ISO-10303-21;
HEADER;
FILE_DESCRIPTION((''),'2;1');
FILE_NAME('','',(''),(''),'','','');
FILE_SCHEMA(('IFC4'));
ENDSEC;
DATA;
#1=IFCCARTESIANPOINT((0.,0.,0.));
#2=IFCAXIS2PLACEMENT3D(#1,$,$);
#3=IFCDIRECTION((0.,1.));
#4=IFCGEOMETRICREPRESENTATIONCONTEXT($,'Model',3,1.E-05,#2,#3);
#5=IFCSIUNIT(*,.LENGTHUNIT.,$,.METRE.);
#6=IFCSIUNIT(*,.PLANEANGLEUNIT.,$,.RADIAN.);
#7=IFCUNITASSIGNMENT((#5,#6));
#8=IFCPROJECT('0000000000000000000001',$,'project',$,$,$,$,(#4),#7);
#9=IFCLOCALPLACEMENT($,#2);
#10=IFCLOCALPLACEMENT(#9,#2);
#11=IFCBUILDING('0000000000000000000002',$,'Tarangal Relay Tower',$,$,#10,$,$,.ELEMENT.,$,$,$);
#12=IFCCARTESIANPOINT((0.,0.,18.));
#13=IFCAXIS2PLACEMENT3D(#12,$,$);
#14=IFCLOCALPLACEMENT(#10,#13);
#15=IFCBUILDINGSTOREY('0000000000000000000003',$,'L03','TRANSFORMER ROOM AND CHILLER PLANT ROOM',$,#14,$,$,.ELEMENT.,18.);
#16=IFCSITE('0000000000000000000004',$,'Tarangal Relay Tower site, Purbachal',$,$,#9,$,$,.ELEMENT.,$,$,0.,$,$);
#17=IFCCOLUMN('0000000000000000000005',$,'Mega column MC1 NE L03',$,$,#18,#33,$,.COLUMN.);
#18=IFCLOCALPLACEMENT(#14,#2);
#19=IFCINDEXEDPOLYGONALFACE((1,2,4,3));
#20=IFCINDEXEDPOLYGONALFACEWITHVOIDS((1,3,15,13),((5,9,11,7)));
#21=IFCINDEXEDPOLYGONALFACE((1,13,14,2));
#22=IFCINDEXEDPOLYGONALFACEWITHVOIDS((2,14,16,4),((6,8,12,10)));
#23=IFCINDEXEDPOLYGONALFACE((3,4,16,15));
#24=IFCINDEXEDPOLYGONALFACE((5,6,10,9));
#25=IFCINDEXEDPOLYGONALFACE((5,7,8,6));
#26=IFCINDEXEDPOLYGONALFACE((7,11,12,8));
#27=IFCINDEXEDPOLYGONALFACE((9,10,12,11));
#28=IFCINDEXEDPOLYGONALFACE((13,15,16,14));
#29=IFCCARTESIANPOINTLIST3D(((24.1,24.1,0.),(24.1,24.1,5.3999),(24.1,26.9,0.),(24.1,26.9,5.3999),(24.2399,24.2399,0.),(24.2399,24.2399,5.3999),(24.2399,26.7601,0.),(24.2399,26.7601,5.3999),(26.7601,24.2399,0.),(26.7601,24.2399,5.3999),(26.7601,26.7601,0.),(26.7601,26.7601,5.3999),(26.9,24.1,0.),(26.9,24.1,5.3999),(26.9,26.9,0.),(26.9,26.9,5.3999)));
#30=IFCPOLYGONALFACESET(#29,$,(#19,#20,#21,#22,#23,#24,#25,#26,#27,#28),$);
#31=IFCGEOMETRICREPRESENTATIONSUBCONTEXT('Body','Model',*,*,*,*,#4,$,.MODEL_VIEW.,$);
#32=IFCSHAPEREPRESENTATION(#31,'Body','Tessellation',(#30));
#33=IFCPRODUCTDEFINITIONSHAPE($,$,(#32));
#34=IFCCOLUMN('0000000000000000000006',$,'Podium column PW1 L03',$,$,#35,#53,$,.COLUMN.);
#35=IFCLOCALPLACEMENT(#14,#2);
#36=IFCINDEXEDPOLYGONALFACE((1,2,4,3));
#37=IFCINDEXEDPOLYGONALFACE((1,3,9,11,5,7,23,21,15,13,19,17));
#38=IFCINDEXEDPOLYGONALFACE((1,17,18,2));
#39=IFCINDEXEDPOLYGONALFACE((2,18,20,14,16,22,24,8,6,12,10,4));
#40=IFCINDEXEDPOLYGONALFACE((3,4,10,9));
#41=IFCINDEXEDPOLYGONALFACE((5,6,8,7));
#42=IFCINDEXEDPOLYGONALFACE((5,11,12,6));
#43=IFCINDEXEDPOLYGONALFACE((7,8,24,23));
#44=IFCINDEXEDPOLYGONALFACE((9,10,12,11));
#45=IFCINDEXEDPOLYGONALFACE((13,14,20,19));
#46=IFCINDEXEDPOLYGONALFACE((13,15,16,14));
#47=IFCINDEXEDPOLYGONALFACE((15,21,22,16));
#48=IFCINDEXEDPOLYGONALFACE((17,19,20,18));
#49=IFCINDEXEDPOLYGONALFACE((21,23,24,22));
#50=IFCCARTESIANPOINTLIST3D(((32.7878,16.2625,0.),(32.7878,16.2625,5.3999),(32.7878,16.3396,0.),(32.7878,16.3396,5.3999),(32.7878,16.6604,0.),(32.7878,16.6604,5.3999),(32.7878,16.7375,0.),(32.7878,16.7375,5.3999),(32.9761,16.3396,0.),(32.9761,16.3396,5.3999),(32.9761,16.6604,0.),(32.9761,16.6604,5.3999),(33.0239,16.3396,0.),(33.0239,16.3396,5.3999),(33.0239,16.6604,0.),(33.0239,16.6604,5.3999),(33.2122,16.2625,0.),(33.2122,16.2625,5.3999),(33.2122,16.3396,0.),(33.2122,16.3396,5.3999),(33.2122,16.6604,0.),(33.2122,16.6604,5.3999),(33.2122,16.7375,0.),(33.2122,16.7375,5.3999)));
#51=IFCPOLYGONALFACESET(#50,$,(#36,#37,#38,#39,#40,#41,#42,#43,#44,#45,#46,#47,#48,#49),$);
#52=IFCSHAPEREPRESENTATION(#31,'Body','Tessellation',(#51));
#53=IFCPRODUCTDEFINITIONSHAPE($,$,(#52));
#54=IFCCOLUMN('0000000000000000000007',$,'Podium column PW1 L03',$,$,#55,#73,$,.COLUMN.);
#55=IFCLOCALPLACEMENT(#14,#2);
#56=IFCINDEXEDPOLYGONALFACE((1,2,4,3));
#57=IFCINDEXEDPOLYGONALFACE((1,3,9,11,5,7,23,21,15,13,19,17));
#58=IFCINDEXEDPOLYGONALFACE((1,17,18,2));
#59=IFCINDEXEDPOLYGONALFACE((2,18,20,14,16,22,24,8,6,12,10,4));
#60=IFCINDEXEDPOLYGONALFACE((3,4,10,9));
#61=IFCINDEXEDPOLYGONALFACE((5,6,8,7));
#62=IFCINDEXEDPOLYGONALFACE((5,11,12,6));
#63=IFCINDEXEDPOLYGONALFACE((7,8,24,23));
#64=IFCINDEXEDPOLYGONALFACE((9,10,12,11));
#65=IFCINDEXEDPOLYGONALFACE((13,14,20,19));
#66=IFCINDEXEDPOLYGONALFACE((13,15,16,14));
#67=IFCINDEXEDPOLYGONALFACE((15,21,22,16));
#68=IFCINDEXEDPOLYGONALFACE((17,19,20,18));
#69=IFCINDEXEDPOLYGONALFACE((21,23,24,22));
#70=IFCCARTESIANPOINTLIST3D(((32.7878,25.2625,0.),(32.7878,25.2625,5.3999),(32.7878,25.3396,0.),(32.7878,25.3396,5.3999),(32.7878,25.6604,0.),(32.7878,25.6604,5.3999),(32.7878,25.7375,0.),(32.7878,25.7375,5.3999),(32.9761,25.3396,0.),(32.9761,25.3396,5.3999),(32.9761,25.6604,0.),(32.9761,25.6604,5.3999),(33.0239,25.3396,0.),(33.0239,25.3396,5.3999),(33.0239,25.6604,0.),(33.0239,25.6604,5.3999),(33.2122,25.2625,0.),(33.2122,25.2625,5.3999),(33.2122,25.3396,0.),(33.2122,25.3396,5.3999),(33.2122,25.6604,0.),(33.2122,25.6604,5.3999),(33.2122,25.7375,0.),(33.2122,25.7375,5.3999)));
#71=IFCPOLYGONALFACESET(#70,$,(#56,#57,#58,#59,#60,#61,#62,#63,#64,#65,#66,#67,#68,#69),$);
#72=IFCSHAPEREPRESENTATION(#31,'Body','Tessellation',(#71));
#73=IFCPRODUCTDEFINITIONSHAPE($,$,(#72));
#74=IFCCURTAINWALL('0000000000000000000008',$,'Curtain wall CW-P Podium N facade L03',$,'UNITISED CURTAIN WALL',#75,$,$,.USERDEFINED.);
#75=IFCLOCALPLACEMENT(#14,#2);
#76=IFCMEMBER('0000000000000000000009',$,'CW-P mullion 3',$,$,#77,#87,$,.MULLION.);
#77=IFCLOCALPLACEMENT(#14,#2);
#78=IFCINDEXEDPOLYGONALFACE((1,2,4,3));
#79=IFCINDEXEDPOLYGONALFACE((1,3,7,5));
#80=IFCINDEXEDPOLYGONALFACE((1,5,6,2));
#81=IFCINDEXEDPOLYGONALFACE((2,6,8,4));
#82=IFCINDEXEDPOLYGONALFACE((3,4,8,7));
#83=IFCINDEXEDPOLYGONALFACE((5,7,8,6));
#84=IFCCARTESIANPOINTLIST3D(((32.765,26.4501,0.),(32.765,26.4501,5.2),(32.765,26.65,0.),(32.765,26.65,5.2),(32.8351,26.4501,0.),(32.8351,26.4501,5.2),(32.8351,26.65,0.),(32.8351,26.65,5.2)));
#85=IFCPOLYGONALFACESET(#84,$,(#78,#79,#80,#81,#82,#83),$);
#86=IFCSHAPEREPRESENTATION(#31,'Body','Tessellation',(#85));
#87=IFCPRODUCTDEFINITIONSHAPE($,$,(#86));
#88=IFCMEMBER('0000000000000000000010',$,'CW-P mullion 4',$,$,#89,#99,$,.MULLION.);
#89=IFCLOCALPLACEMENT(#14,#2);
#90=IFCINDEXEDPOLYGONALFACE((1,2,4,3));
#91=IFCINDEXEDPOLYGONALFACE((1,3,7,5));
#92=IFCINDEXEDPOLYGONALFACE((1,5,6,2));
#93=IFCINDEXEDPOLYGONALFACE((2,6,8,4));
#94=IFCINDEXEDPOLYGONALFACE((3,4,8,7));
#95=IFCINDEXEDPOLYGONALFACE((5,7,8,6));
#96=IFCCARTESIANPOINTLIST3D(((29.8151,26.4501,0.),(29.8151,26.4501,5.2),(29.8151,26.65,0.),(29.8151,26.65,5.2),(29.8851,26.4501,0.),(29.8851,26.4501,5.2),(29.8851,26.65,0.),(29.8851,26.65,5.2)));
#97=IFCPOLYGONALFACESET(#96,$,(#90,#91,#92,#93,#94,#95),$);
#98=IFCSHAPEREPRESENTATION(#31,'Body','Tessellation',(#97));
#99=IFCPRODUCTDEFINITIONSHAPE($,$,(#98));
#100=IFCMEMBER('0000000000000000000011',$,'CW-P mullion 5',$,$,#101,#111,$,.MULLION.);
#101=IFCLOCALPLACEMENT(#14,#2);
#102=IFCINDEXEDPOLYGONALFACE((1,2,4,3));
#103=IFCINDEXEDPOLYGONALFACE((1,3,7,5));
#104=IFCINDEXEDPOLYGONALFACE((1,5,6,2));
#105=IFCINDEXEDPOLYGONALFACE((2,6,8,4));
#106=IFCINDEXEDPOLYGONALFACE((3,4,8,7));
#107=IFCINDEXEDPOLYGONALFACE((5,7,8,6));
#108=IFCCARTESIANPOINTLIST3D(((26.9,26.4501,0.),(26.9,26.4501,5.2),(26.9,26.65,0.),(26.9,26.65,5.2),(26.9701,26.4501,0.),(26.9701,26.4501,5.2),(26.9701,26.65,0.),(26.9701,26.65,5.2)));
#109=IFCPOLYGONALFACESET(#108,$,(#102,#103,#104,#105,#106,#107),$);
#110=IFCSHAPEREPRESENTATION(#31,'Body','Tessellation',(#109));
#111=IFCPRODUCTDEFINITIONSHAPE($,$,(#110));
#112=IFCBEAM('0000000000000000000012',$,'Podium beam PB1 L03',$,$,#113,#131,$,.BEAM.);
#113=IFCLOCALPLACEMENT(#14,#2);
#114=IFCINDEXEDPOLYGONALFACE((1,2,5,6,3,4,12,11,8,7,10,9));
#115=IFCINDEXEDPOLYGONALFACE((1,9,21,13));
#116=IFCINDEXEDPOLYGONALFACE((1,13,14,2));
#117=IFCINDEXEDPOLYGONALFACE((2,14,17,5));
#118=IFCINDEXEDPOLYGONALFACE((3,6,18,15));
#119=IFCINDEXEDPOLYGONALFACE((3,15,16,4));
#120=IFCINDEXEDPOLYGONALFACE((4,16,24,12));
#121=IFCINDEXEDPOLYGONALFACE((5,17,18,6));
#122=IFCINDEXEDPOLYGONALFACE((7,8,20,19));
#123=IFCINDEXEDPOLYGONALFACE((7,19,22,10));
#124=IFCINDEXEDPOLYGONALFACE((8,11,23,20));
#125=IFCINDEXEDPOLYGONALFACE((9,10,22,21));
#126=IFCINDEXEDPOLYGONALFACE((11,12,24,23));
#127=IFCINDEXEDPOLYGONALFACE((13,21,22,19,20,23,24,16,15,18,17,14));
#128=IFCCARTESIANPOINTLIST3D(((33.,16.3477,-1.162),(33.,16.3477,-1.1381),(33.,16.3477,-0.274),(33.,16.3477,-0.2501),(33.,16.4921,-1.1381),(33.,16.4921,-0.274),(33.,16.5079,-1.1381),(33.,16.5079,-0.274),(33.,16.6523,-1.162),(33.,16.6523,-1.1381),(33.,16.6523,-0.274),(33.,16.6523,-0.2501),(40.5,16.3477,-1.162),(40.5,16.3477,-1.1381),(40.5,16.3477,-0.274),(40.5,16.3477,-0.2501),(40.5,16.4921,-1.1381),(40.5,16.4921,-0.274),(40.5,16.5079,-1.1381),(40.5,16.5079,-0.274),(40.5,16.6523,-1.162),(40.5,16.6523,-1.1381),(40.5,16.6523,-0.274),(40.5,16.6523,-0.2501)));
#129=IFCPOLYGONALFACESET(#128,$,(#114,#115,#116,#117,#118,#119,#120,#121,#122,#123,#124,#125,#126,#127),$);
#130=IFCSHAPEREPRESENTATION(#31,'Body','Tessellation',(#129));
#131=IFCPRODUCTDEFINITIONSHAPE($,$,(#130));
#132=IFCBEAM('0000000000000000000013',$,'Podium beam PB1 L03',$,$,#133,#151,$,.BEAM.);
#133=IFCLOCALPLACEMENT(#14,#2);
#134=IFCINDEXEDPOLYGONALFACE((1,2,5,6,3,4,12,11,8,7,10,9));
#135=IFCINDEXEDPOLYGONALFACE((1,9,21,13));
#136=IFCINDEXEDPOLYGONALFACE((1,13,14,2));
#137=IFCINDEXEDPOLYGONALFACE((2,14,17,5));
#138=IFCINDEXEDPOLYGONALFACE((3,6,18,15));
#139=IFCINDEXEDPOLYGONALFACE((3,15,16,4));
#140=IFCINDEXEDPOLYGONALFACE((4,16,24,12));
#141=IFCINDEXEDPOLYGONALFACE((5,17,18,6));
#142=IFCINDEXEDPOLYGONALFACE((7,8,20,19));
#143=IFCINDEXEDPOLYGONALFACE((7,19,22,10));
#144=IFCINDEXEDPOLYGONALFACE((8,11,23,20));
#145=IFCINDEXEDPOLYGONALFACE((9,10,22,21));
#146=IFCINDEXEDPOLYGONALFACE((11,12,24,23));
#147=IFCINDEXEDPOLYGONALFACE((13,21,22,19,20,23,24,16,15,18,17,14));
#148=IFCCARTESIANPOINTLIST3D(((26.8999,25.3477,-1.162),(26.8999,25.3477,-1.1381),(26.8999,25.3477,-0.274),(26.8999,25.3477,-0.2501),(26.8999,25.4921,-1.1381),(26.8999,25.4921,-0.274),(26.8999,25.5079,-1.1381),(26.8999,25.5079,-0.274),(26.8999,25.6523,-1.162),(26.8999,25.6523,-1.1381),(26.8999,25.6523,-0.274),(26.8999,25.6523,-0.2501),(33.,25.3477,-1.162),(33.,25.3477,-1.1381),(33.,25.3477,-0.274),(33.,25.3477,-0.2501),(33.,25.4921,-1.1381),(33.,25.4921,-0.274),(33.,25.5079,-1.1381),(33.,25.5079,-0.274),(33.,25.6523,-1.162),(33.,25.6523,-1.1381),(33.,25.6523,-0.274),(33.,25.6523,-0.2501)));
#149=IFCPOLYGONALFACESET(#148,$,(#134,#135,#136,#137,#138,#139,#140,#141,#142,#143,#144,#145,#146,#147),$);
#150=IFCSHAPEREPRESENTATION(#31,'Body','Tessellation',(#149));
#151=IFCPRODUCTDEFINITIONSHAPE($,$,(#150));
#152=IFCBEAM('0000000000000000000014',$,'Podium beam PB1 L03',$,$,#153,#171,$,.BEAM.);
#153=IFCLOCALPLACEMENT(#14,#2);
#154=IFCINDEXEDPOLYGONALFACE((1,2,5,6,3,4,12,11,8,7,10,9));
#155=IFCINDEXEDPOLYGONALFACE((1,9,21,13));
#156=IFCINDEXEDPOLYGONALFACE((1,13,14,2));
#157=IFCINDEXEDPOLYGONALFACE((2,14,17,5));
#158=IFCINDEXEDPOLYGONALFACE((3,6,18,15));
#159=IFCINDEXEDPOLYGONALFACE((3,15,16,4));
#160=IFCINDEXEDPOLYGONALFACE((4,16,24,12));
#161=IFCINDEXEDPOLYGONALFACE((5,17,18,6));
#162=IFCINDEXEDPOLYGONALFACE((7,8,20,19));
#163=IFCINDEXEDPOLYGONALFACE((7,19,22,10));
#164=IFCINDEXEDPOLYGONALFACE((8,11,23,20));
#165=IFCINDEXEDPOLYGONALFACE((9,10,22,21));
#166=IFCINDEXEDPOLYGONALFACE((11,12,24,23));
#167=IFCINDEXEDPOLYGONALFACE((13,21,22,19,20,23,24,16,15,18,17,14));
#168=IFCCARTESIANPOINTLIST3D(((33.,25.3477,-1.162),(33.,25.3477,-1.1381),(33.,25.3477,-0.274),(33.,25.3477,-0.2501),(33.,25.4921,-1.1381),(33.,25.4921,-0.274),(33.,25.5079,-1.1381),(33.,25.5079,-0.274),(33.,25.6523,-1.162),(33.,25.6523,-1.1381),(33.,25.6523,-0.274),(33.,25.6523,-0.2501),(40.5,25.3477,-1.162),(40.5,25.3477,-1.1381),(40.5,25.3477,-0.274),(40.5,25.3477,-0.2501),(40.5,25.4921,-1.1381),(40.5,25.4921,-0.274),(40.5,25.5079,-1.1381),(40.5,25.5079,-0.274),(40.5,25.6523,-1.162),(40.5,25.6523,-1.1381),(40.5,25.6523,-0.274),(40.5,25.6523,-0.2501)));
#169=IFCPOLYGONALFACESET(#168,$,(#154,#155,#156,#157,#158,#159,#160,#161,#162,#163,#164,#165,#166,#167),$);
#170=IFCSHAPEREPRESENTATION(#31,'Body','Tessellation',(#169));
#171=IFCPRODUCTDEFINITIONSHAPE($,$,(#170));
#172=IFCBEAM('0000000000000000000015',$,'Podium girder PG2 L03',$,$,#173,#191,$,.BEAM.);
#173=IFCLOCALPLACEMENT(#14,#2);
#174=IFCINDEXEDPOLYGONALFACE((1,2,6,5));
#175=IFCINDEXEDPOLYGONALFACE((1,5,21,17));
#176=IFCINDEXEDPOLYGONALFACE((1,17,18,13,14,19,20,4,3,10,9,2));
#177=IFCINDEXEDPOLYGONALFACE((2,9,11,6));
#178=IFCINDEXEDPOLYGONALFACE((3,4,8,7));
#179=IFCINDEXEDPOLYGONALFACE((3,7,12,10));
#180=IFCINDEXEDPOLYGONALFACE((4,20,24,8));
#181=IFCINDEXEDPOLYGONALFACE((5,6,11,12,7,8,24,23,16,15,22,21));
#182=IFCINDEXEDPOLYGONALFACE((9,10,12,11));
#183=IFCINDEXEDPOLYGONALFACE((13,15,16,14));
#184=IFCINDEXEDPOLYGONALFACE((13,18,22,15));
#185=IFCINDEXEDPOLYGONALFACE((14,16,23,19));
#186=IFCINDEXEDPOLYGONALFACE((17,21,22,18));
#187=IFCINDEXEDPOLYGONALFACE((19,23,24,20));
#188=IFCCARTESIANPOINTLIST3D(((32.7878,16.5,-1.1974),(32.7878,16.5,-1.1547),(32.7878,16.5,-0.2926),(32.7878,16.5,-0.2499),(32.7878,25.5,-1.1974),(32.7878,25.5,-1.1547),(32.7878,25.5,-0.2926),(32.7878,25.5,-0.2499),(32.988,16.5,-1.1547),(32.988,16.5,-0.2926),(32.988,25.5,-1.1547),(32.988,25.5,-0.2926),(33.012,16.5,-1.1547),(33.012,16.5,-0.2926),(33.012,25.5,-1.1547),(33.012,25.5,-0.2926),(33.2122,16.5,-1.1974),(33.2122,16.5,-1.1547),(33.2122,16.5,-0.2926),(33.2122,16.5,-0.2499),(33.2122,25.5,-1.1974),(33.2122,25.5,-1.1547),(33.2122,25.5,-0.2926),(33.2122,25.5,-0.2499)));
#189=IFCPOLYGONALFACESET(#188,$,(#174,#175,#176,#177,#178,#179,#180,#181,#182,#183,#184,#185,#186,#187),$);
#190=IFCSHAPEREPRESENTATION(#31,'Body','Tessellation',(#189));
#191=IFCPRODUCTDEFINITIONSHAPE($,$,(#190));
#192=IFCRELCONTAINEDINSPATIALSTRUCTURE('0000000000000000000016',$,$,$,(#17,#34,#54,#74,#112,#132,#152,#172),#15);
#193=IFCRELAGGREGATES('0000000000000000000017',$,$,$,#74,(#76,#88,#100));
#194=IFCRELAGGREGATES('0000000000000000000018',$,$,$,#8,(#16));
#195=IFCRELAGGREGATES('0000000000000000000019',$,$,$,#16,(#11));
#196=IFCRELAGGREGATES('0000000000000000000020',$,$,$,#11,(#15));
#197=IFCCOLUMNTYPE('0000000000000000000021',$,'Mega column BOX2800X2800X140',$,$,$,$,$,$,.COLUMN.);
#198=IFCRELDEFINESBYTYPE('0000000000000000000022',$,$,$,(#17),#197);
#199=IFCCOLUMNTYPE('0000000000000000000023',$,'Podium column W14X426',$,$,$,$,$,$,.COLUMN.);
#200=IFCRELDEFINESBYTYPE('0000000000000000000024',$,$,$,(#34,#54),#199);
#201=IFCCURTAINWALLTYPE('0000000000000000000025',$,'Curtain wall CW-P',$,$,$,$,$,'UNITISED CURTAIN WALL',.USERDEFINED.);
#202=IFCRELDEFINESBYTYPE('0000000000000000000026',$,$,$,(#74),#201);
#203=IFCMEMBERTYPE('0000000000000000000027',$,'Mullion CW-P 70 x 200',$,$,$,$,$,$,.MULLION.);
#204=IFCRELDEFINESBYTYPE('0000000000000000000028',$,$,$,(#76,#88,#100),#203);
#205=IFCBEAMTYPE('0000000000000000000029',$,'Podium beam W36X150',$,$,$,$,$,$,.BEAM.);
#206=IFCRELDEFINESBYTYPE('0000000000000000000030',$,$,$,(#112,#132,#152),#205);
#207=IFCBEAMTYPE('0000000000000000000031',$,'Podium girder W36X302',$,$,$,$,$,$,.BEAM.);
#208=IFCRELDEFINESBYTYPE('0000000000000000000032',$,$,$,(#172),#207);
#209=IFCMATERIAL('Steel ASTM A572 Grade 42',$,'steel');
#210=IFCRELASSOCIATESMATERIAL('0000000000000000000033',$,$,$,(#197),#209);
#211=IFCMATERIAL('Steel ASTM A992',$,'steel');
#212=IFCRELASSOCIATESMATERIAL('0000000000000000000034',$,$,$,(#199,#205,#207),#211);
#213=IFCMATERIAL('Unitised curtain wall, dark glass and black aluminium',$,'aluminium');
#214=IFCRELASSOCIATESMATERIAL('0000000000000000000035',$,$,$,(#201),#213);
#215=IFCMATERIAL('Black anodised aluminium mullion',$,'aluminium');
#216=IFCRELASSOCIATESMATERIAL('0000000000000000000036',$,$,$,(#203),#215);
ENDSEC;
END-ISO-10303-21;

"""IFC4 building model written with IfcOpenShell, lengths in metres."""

from ifc_helpers import new_model, si_unit, direction, frame, origin, origin_2d, place, context, subcontext, project, spatial, rectangle, hollow_rectangle, i_section, extrude, material, material_profile, profile_set, type_object, element, aggregate, save


model = new_model("IFC4")

# Units and contexts
model_context = context("Model", 3, precision=1e-05, world=origin(), true_north=direction((0.0, 1.0)))
body_context = subcontext(model_context, "Body", "Model", "MODEL_VIEW")
ifc_project = project(units=[si_unit("LENGTHUNIT", "METRE"), si_unit("PLANEANGLEUNIT", "RADIAN")], contexts=[model_context])

# Site, building, storey
site_placement = place(None, origin())
site = spatial("IfcSite", under=ifc_project, at=site_placement, Name="Tarangal Relay Tower site, Purbachal", CompositionType="ELEMENT", RefElevation=0.0)
building_placement = place(site_placement, origin())
building = spatial("IfcBuilding", under=site, at=building_placement, Name="Tarangal Relay Tower", CompositionType="ELEMENT")
storey_placement = place(building_placement, frame((0.0, 0.0, 18.0)))
storey = spatial("IfcBuildingStorey", under=building, at=storey_placement, Name="L03", Description="TRANSFORMER ROOM AND CHILLER PLANT ROOM", CompositionType="ELEMENT", Elevation=18.0)

# Columns
ifc_material_1 = material(Name="Steel ASTM A572 Grade 42", Category="steel")
ifc_material_profile_1 = material_profile(ifc_material_1, hollow_rectangle(XDim=2.8, YDim=2.8, WallThickness=0.1399, at=origin_2d()), Name="BOX2800X2800X140")
ifc_profile_set_1 = profile_set([ifc_material_profile_1], Name="Steel ASTM A572 Grade 42")
column_type_1 = type_object("IfcColumnType", Name="Mega column BOX2800X2800X140", PredefinedType="COLUMN", material=ifc_profile_set_1)
column_placement = place(storey_placement, frame((25.5, 25.5, 0.0), z_axis=(0.0, 0.0, 1.0), x_axis=(1.0, 0.0, 0.0)))
element("IfcColumn", 1, at=column_placement, inside=storey, type_object=column_type_1, Name="Mega column MC1 NE L03", PredefinedType="COLUMN", context=body_context, shape_type="SweptSolid", body=[
    extrude(hollow_rectangle(XDim=2.8, YDim=2.8, WallThickness=0.1399, at=origin_2d()), origin(), (0.0, 0.0, 1.0), 5.3999),
])
ifc_material_2 = material(Name="Steel ASTM A992", Category="steel")
ifc_material_profile_2 = material_profile(ifc_material_2, i_section(OverallWidth=0.4243, OverallDepth=0.4751, WebThickness=0.0479, FlangeThickness=0.0771, at=origin_2d()), Name="W14X426")
ifc_profile_set_2 = profile_set([ifc_material_profile_2], Name="Steel ASTM A992")
column_type_2 = type_object("IfcColumnType", Name="Podium column W14X426", PredefinedType="COLUMN", material=ifc_profile_set_2)
for number, where, z_axis, x_axis, name in (
    (2, (33.0, 16.5, 0.0), (0.0, 0.0, 1.0), (1.0, 0.0, 0.0), "Podium column PW1 L03"),
    (3, (33.0, 25.5, 0.0), (0.0, 0.0, 1.0), (1.0, 0.0, 0.0), "Podium column PW1 L03"),
):
    element("IfcColumn", number, at=place(storey_placement, frame(where, z_axis=z_axis, x_axis=x_axis)), inside=storey, type_object=column_type_2, Name=name, PredefinedType="COLUMN", context=body_context, shape_type="SweptSolid", body=[
        extrude(i_section(OverallWidth=0.4243, OverallDepth=0.4751, WebThickness=0.0479, FlangeThickness=0.0771, at=origin_2d()), origin(), (0.0, 0.0, 1.0), 5.3999),
    ])

# Curtain wall, members
ifc_material_3 = material(Name="Unitised curtain wall, dark glass and black aluminium", Category="aluminium")
curtain_wall_type = type_object("IfcCurtainWallType", Name="Curtain wall CW-P", ElementType="UNITISED CURTAIN WALL", PredefinedType="USERDEFINED", material=ifc_material_3)
curtain_wall_placement = place(storey_placement, origin())
curtain_wall = element("IfcCurtainWall", 4, at=curtain_wall_placement, inside=storey, type_object=curtain_wall_type, Name="Curtain wall CW-P Podium N facade L03", ObjectType="UNITISED CURTAIN WALL", PredefinedType="USERDEFINED")
ifc_material_4 = material(Name="Black anodised aluminium mullion", Category="aluminium")
ifc_material_profile_3 = material_profile(ifc_material_4, rectangle(XDim=0.2, YDim=0.0701, at=origin_2d()), Name="CW-PM 70X200")
ifc_profile_set_3 = profile_set([ifc_material_profile_3], Name="Black anodised aluminium mullion")
member_type_1 = type_object("IfcMemberType", Name="Mullion CW-P 70 x 200", PredefinedType="MULLION", material=ifc_profile_set_3)
member_1_placement = place(storey_placement, frame((32.8, 26.55, 0.0), z_axis=(0.0, 0.0, 1.0), x_axis=(0.0, -1.0, 0.0)))
member_1 = element("IfcMember", 5, at=member_1_placement, type_object=member_type_1, Name="CW-P mullion 3", PredefinedType="MULLION", context=body_context, shape_type="SweptSolid", body=[
    extrude(rectangle(XDim=0.2, YDim=0.0701, at=origin_2d()), origin(), (0.0, 0.0, 1.0), 5.2),
])
member_2_placement = place(storey_placement, frame((29.8501, 26.55, 0.0), z_axis=(0.0, 0.0, 1.0), x_axis=(0.0, -1.0, 0.0)))
member_2 = element("IfcMember", 6, at=member_2_placement, type_object=member_type_1, Name="CW-P mullion 4", PredefinedType="MULLION", context=body_context, shape_type="SweptSolid", body=[
    extrude(rectangle(XDim=0.2, YDim=0.0701, at=origin_2d()), origin(), (0.0, 0.0, 1.0), 5.2),
])
member_3_placement = place(storey_placement, frame((26.9351, 26.55, 0.0), z_axis=(0.0, 0.0, 1.0), x_axis=(0.0, -1.0, 0.0)))
member_3 = element("IfcMember", 7, at=member_3_placement, type_object=member_type_1, Name="CW-P mullion 5", PredefinedType="MULLION", context=body_context, shape_type="SweptSolid", body=[
    extrude(rectangle(XDim=0.2, YDim=0.0701, at=origin_2d()), origin(), (0.0, 0.0, 1.0), 5.2),
])

# Beams
ifc_material_profile_4 = material_profile(ifc_material_2, i_section(OverallWidth=0.3047, OverallDepth=0.9119, WebThickness=0.0159, FlangeThickness=0.0239, at=origin_2d()), Name="W36X150")
ifc_profile_set_4 = profile_set([ifc_material_profile_4], Name="Steel ASTM A992")
beam_type_1 = type_object("IfcBeamType", Name="Podium beam W36X150", PredefinedType="BEAM", material=ifc_profile_set_4)
beam_1_placement = place(storey_placement, frame((33.0, 16.5, -0.7061), z_axis=(1.0, 0.0, 0.0), x_axis=(0.0, 1.0, 0.0)))
element("IfcBeam", 8, at=beam_1_placement, inside=storey, type_object=beam_type_1, Name="Podium beam PB1 L03", PredefinedType="BEAM", context=body_context, shape_type="SweptSolid", body=[
    extrude(i_section(OverallWidth=0.3047, OverallDepth=0.9119, WebThickness=0.0159, FlangeThickness=0.0239, at=origin_2d()), origin(), (0.0, 0.0, 1.0), 7.5),
])
beam_2_placement = place(storey_placement, frame((26.8999, 25.5, -0.7061), z_axis=(1.0, 0.0, 0.0), x_axis=(0.0, 1.0, 0.0)))
element("IfcBeam", 9, at=beam_2_placement, inside=storey, type_object=beam_type_1, Name="Podium beam PB1 L03", PredefinedType="BEAM", context=body_context, shape_type="SweptSolid", body=[
    extrude(i_section(OverallWidth=0.3047, OverallDepth=0.9119, WebThickness=0.0159, FlangeThickness=0.0239, at=origin_2d()), origin(), (0.0, 0.0, 1.0), 6.1001),
])
beam_3_placement = place(storey_placement, frame((33.0, 25.5, -0.7061), z_axis=(1.0, 0.0, 0.0), x_axis=(0.0, 1.0, 0.0)))
element("IfcBeam", 10, at=beam_3_placement, inside=storey, type_object=beam_type_1, Name="Podium beam PB1 L03", PredefinedType="BEAM", context=body_context, shape_type="SweptSolid", body=[
    extrude(i_section(OverallWidth=0.3047, OverallDepth=0.9119, WebThickness=0.0159, FlangeThickness=0.0239, at=origin_2d()), origin(), (0.0, 0.0, 1.0), 7.5),
])
ifc_material_profile_5 = material_profile(ifc_material_2, i_section(OverallWidth=0.4243, OverallDepth=0.9475, WebThickness=0.0239, FlangeThickness=0.0427, at=origin_2d()), Name="W36X302")
ifc_profile_set_5 = profile_set([ifc_material_profile_5], Name="Steel ASTM A992")
beam_type_2 = type_object("IfcBeamType", Name="Podium girder W36X302", PredefinedType="BEAM", material=ifc_profile_set_5)
beam_4_placement = place(storey_placement, frame((33.0, 16.5, -0.7236), z_axis=(0.0, 1.0, 0.0), x_axis=(-1.0, 0.0, 0.0)))
element("IfcBeam", 11, at=beam_4_placement, inside=storey, type_object=beam_type_2, Name="Podium girder PG2 L03", PredefinedType="BEAM", context=body_context, shape_type="SweptSolid", body=[
    extrude(i_section(OverallWidth=0.4243, OverallDepth=0.9475, WebThickness=0.0239, FlangeThickness=0.0427, at=origin_2d()), origin(), (0.0, 0.0, 1.0), 9.0),
])

aggregate(curtain_wall, [member_1, member_2, member_3])

save(model, "model.ifc")
